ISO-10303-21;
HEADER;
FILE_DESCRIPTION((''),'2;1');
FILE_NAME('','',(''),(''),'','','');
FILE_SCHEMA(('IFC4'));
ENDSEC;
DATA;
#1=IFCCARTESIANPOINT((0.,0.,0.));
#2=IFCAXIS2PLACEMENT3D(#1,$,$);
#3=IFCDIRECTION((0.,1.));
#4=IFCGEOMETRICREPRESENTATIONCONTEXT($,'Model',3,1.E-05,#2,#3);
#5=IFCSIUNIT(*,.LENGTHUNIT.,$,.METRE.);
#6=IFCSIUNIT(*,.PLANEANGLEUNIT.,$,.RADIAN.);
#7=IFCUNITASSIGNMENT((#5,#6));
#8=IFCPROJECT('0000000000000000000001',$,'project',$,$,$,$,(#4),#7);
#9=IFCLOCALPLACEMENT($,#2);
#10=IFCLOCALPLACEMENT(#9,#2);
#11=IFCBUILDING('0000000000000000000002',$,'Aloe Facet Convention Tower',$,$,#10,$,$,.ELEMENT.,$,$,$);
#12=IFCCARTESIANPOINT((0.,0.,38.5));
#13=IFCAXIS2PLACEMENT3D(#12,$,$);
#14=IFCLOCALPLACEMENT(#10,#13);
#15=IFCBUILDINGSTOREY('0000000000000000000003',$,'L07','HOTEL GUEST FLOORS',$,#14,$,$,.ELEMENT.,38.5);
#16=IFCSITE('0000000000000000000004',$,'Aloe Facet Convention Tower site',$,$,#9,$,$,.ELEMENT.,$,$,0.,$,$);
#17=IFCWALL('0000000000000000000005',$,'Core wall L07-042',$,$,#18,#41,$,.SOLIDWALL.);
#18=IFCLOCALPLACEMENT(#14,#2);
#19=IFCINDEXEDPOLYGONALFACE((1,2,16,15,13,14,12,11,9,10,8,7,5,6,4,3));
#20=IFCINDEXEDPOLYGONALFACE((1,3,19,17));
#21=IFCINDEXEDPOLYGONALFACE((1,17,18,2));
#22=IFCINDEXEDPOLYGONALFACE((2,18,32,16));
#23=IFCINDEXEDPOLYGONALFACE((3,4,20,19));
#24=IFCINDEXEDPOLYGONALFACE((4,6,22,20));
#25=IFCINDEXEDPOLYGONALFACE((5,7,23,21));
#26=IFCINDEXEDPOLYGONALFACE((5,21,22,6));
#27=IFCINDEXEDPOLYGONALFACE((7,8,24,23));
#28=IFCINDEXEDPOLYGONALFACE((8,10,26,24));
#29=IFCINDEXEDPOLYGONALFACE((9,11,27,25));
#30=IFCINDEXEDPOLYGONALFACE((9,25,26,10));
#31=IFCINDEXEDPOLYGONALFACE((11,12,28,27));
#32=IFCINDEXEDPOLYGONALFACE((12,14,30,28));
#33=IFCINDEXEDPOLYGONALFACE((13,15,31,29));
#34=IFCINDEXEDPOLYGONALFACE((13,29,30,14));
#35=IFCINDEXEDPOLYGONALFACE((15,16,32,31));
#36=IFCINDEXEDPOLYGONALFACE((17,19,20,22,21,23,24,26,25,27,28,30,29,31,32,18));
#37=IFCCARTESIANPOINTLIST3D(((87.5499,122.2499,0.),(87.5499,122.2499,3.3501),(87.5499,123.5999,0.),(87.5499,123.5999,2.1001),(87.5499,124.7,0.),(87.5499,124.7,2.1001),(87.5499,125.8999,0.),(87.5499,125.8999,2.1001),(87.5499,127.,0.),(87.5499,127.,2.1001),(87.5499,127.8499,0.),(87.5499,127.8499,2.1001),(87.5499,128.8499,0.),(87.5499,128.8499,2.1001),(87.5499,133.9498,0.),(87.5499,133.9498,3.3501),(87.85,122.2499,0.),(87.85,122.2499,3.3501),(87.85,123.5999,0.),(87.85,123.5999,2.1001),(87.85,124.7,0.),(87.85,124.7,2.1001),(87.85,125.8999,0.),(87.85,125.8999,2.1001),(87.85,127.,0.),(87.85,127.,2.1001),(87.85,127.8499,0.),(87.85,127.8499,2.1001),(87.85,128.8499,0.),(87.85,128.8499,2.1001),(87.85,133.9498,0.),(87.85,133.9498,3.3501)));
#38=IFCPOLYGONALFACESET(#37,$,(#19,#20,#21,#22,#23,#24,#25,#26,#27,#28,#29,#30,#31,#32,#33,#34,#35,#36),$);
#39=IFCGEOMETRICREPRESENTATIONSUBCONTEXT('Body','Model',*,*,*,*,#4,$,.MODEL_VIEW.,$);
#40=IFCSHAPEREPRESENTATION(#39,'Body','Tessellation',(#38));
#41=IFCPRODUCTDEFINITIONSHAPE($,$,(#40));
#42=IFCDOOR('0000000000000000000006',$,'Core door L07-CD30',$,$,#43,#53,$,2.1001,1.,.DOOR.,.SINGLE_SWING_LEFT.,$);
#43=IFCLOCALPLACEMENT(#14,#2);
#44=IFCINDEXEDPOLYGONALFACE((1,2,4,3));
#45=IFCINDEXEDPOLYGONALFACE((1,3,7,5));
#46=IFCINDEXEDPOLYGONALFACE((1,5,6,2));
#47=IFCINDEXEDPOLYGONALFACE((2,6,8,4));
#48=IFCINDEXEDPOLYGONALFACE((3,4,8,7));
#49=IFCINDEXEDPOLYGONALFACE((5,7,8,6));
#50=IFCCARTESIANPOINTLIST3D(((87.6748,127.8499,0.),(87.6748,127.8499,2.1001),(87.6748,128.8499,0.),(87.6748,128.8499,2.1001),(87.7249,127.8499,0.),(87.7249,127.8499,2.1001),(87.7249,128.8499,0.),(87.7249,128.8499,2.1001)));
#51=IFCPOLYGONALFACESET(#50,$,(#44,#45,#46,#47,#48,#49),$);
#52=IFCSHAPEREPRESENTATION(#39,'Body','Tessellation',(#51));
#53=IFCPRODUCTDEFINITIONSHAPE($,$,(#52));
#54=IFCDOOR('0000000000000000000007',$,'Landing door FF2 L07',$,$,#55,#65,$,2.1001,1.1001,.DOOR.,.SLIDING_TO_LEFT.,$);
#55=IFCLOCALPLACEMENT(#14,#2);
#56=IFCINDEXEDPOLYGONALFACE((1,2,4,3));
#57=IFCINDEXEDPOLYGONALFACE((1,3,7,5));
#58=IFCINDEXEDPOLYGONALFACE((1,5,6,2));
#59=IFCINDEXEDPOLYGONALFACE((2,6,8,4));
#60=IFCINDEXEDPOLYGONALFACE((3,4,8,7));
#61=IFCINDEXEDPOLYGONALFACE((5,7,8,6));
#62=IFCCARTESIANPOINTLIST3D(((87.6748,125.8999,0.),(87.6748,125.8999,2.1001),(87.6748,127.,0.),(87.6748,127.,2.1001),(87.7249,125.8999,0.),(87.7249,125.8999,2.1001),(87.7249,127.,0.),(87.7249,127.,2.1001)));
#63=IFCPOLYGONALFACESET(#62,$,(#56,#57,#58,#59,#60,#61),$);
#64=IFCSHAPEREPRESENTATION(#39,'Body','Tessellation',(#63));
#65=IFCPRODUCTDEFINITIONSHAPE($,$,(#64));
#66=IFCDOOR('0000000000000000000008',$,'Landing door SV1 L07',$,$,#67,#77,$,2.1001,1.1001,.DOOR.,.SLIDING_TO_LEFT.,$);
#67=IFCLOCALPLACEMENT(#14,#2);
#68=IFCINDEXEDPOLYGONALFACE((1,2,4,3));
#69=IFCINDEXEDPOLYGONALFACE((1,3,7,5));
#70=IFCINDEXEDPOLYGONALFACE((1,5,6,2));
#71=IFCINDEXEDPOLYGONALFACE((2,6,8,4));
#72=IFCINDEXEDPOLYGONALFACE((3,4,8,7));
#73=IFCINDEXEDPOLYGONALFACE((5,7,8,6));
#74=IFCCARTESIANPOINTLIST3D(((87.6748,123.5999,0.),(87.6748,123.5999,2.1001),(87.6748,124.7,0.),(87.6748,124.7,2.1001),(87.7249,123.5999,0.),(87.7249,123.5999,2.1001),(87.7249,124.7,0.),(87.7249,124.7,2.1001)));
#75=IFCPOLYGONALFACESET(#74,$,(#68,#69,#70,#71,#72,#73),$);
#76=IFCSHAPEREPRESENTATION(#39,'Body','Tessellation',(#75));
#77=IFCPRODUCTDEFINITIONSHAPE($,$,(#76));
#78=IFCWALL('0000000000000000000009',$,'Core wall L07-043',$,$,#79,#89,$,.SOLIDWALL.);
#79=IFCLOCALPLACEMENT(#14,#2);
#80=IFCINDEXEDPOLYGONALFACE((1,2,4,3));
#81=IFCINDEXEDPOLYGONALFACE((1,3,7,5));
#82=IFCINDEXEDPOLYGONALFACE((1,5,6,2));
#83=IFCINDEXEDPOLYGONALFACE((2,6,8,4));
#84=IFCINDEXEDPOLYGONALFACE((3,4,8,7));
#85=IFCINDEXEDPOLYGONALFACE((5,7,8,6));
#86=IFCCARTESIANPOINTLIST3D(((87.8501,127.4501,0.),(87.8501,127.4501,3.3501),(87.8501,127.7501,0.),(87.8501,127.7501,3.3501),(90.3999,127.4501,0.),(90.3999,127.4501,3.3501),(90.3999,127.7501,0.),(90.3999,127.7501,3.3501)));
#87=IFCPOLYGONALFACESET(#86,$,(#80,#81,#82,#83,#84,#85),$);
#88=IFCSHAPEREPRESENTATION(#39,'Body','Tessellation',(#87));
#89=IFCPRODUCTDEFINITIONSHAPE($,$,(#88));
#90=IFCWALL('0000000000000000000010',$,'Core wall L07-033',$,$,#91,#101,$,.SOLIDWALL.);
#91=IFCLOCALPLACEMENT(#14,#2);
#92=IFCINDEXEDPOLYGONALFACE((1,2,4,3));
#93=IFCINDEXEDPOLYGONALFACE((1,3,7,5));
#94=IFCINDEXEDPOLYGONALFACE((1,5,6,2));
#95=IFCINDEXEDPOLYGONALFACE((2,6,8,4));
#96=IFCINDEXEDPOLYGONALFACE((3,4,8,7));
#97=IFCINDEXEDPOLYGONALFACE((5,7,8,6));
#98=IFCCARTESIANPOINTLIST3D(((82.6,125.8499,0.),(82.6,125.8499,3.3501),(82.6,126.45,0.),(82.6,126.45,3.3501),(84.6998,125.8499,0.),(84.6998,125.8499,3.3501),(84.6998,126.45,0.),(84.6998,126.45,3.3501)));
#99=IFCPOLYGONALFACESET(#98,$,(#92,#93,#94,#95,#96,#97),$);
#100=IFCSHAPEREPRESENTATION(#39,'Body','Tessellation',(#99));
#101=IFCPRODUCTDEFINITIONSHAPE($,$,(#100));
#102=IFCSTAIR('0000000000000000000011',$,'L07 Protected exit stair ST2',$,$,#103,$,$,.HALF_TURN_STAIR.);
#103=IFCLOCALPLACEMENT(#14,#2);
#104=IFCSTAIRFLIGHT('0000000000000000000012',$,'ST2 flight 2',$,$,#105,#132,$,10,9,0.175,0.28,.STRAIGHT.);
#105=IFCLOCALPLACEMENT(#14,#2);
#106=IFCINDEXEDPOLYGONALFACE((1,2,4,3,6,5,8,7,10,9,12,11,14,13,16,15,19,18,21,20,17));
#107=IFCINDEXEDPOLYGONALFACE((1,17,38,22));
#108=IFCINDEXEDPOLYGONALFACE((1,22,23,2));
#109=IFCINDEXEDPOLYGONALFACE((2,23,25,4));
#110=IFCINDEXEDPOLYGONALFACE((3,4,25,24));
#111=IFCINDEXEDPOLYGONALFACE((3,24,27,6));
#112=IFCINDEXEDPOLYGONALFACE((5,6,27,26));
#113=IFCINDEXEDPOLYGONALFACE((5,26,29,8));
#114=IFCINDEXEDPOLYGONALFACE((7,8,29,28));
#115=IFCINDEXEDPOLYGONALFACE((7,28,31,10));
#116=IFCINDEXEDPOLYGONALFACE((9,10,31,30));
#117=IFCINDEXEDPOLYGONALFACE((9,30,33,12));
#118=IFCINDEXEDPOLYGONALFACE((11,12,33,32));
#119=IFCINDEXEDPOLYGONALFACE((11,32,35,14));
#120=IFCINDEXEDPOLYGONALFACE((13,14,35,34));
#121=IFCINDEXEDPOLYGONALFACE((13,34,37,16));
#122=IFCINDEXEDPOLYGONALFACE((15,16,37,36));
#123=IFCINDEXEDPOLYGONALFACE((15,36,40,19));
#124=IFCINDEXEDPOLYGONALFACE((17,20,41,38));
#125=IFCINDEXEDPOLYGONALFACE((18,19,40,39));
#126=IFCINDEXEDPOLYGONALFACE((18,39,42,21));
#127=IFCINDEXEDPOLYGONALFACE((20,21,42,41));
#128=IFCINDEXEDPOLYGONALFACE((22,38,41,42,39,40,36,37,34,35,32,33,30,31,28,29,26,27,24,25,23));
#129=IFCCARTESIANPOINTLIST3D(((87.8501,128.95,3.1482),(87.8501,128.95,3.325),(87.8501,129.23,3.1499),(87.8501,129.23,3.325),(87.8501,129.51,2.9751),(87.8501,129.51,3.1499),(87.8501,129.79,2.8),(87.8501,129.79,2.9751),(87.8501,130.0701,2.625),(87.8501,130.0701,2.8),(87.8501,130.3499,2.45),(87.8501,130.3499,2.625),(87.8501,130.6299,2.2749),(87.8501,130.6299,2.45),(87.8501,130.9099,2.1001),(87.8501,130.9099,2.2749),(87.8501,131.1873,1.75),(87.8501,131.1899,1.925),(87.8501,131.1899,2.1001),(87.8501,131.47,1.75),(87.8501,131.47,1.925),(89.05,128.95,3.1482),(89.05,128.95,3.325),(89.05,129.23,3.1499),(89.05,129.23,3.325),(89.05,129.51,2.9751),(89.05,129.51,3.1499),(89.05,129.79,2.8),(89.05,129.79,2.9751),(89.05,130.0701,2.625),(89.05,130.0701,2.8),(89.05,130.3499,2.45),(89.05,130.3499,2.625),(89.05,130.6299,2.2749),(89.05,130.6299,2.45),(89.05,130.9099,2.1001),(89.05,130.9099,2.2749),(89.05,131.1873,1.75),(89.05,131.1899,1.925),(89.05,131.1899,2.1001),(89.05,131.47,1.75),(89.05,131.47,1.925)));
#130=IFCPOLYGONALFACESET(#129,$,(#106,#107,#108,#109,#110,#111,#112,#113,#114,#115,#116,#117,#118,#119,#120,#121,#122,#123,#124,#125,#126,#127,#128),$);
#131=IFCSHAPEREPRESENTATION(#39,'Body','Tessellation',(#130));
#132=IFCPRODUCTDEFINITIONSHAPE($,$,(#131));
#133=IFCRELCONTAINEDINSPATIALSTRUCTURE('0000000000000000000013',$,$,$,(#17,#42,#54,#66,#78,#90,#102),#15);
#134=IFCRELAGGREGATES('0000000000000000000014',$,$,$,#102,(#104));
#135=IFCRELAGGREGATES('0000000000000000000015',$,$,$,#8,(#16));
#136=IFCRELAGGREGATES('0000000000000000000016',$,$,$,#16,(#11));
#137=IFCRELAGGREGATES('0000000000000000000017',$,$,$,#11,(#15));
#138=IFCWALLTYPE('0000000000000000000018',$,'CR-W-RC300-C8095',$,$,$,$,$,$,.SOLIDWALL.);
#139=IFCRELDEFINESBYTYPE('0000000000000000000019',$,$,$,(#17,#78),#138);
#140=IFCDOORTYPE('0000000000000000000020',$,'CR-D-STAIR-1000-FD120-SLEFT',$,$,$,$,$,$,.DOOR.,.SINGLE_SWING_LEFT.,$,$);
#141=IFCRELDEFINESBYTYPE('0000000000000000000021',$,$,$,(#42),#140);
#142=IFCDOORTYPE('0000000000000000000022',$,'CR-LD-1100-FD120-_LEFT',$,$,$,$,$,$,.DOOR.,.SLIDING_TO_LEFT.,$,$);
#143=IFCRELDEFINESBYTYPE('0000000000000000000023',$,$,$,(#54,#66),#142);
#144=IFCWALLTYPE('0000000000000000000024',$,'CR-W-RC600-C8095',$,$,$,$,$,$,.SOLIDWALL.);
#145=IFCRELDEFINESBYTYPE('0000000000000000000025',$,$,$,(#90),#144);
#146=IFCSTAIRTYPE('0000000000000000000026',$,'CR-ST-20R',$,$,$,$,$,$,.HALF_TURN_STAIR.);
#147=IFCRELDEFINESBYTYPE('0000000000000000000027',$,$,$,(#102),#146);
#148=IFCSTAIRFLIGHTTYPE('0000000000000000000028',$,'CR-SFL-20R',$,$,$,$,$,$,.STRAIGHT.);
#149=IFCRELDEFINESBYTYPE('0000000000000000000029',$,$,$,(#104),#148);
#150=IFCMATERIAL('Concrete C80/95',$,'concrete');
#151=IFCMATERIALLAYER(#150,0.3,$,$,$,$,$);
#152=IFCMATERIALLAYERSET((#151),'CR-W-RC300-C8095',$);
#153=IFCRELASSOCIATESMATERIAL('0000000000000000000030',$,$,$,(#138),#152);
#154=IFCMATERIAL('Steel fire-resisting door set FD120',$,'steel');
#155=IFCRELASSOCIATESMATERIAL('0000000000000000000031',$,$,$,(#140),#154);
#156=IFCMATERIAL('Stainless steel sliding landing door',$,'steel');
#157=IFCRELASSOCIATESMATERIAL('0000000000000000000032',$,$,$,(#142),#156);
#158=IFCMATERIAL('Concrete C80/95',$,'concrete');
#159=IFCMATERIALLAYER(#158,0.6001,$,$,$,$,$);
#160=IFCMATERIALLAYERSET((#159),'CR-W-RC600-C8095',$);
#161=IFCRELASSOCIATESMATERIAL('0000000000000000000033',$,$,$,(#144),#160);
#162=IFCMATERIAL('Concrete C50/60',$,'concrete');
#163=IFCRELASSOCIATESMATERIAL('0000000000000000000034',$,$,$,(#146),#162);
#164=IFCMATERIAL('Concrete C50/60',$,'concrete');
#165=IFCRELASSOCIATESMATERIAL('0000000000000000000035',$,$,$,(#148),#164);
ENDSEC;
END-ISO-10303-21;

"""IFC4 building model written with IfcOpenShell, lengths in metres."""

from ifc_helpers import new_model, si_unit, direction, frame, frame_2d, origin, place, context, subcontext, project, spatial, polyline, rectangle, outline, extrude, material, layer, layer_set, type_object, element, fill, aggregate, save


model = new_model("IFC4")

# Units and contexts
model_context = context("Model", 3, precision=1e-05, world=origin(), true_north=direction((0.0, 1.0)))
body_context = subcontext(model_context, "Body", "Model", "MODEL_VIEW")
ifc_project = project(units=[si_unit("LENGTHUNIT", "METRE"), si_unit("PLANEANGLEUNIT", "RADIAN")], contexts=[model_context])

# Site, building, storey
site_placement = place(None, origin())
site = spatial("IfcSite", under=ifc_project, at=site_placement, Name="Aloe Facet Convention Tower site", CompositionType="ELEMENT", RefElevation=0.0)
building_placement = place(site_placement, origin())
building = spatial("IfcBuilding", under=site, at=building_placement, Name="Aloe Facet Convention Tower", CompositionType="ELEMENT")
storey_placement = place(building_placement, frame((0.0, 0.0, 38.5)))
storey = spatial("IfcBuildingStorey", under=building, at=storey_placement, Name="L07", Description="HOTEL GUEST FLOORS", CompositionType="ELEMENT", Elevation=38.5)

# Shared definitions
ifc_material_1 = material(Name="Concrete C80/95", Category="concrete")
ifc_layer_1 = layer(ifc_material_1, 0.3)
ifc_layer_set_1 = layer_set([ifc_layer_1], Name="CR-W-RC300-C8095")
wall_type_1 = type_object("IfcWallType", Name="CR-W-RC300-C8095", PredefinedType="SOLIDWALL", material=ifc_layer_set_1)

# Wall, openings, doors
wall_1_placement = place(storey_placement, frame((87.7, 133.95, 0.0), z_axis=(0.0, 0.0, 1.0), x_axis=(0.0, -1.0, 0.0)))
wall_1 = element("IfcWall", 1, at=wall_1_placement, inside=storey, type_object=wall_type_1, Name="Core wall L07-042", PredefinedType="SOLIDWALL", context=body_context, shape_type="SweptSolid", body=[
    extrude(rectangle(XDim=11.7, YDim=0.3, at=frame_2d((5.8501, 0.0))), origin(), (0.0, 0.0, 1.0), 3.3501),
])
opening_1_placement = place(wall_1_placement, frame((6.95, 0.0, 0.0)))
opening_1 = element("IfcOpeningElement", 2, at=opening_1_placement, cuts=wall_1, PredefinedType="OPENING", context=body_context, shape_type="SweptSolid", body=[
    extrude(rectangle(XDim=1.1001, YDim=2.1001, at=frame_2d((0.55, 1.05))), frame((0.0, 0.1602, 0.0), z_axis=(0.0, -1.0, 0.0), x_axis=(1.0, 0.0, 0.0)), (0.0, 0.0, 1.0), 0.3201),
])
opening_2_placement = place(wall_1_placement, frame((5.1001, 0.0, 0.0)))
opening_2 = element("IfcOpeningElement", 3, at=opening_2_placement, cuts=wall_1, PredefinedType="OPENING", context=body_context, shape_type="SweptSolid", body=[
    extrude(rectangle(XDim=1.0, YDim=2.1001, at=frame_2d((0.5, 1.05))), frame((0.0, 0.1602, 0.0), z_axis=(0.0, -1.0, 0.0), x_axis=(1.0, 0.0, 0.0)), (0.0, 0.0, 1.0), 0.3201),
])
opening_3_placement = place(wall_1_placement, frame((9.25, 0.0, 0.0)))
opening_3 = element("IfcOpeningElement", 4, at=opening_3_placement, cuts=wall_1, PredefinedType="OPENING", context=body_context, shape_type="SweptSolid", body=[
    extrude(rectangle(XDim=1.1001, YDim=2.1001, at=frame_2d((0.55, 1.05))), frame((0.0, 0.1602, 0.0), z_axis=(0.0, -1.0, 0.0), x_axis=(1.0, 0.0, 0.0)), (0.0, 0.0, 1.0), 0.3201),
])
ifc_material_2 = material(Name="Steel fire-resisting door set FD120", Category="steel")
door_type_1 = type_object("IfcDoorType", Name="CR-D-STAIR-1000-FD120-SLEFT", OperationType="SINGLE_SWING_LEFT", PredefinedType="DOOR", material=ifc_material_2)
door_1_placement = place(opening_2_placement, origin())
door_1 = element("IfcDoor", 5, at=door_1_placement, inside=storey, type_object=door_type_1, Name="Core door L07-CD30", OperationType="SINGLE_SWING_LEFT", OverallHeight=2.1001, OverallWidth=1.0, PredefinedType="DOOR", context=body_context, shape_type="SweptSolid", body=[
    extrude(rectangle(XDim=1.0, YDim=2.1001, at=frame_2d((0.5, 1.05))), frame((0.0, 0.0249, 0.0), z_axis=(0.0, -1.0, 0.0), x_axis=(1.0, 0.0, 0.0)), (0.0, 0.0, 1.0), 0.05),
])
fill(opening_2, door_1)
ifc_material_3 = material(Name="Stainless steel sliding landing door", Category="steel")
door_type_2 = type_object("IfcDoorType", Name="CR-LD-1100-FD120-_LEFT", OperationType="SLIDING_TO_LEFT", PredefinedType="DOOR", material=ifc_material_3)
door_2_placement = place(opening_1_placement, origin())
door_2 = element("IfcDoor", 6, at=door_2_placement, inside=storey, type_object=door_type_2, Name="Landing door FF2 L07", OperationType="SLIDING_TO_LEFT", OverallHeight=2.1001, OverallWidth=1.1001, PredefinedType="DOOR", context=body_context, shape_type="SweptSolid", body=[
    extrude(rectangle(XDim=1.1001, YDim=2.1001, at=frame_2d((0.55, 1.05))), frame((0.0, 0.0249, 0.0), z_axis=(0.0, -1.0, 0.0), x_axis=(1.0, 0.0, 0.0)), (0.0, 0.0, 1.0), 0.05),
])
fill(opening_1, door_2)
door_3_placement = place(opening_3_placement, origin())
door_3 = element("IfcDoor", 7, at=door_3_placement, inside=storey, type_object=door_type_2, Name="Landing door SV1 L07", OperationType="SLIDING_TO_LEFT", OverallHeight=2.1001, OverallWidth=1.1001, PredefinedType="DOOR", context=body_context, shape_type="SweptSolid", body=[
    extrude(rectangle(XDim=1.1001, YDim=2.1001, at=frame_2d((0.55, 1.05))), frame((0.0, 0.0249, 0.0), z_axis=(0.0, -1.0, 0.0), x_axis=(1.0, 0.0, 0.0)), (0.0, 0.0, 1.0), 0.05),
])
fill(opening_3, door_3)

# Walls
wall_2_placement = place(storey_placement, frame((87.8501, 127.6001, 0.0), z_axis=(0.0, 0.0, 1.0), x_axis=(1.0, 0.0, 0.0)))
element("IfcWall", 8, at=wall_2_placement, inside=storey, type_object=wall_type_1, Name="Core wall L07-043", PredefinedType="SOLIDWALL", context=body_context, shape_type="SweptSolid", body=[
    extrude(rectangle(XDim=2.5498, YDim=0.3, at=frame_2d((1.2749, 0.0))), origin(), (0.0, 0.0, 1.0), 3.3501),
])
ifc_material_4 = material(Name="Concrete C80/95", Category="concrete")
ifc_layer_2 = layer(ifc_material_4, 0.6001)
ifc_layer_set_2 = layer_set([ifc_layer_2], Name="CR-W-RC600-C8095")
wall_type_2 = type_object("IfcWallType", Name="CR-W-RC600-C8095", PredefinedType="SOLIDWALL", material=ifc_layer_set_2)
wall_3_placement = place(storey_placement, frame((82.6001, 126.1499, 0.0), z_axis=(0.0, 0.0, 1.0), x_axis=(1.0, 0.0, 0.0)))
element("IfcWall", 9, at=wall_3_placement, inside=storey, type_object=wall_type_2, Name="Core wall L07-033", PredefinedType="SOLIDWALL", context=body_context, shape_type="SweptSolid", body=[
    extrude(rectangle(XDim=2.0999, YDim=0.6001, at=frame_2d((1.0498, 0.0))), origin(), (0.0, 0.0, 1.0), 3.3501),
])

# Stair, stair flight
ifc_material_5 = material(Name="Concrete C50/60", Category="concrete")
stair_type = type_object("IfcStairType", Name="CR-ST-20R", PredefinedType="HALF_TURN_STAIR", material=ifc_material_5)
stair_placement = place(storey_placement, origin())
stair = element("IfcStair", 10, at=stair_placement, inside=storey, type_object=stair_type, Name="L07 Protected exit stair ST2", PredefinedType="HALF_TURN_STAIR")
ifc_material_6 = material(Name="Concrete C50/60", Category="concrete")
stair_flight_type = type_object("IfcStairFlightType", Name="CR-SFL-20R", PredefinedType="STRAIGHT", material=ifc_material_6)
stair_flight_placement = place(storey_placement, frame((88.45, 131.47, 1.75), z_axis=(0.0, 0.0, 1.0), x_axis=(0.0, -1.0, 0.0)))
stair_flight = element("IfcStairFlight", 11, at=stair_flight_placement, type_object=stair_flight_type, Name="ST2 flight 2", NumberOfRisers=10, NumberOfTreads=9, PredefinedType="STRAIGHT", RiserHeight=0.175, TreadLength=0.28, context=body_context, shape_type="SweptSolid", body=[
    extrude(outline(polyline([(0.0, 0.0), (0.0, 0.175), (0.28, 0.175), (0.28, 0.3501), (0.5601, 0.3501), (0.5601, 0.5249), (0.8401, 0.5249), (0.8401, 0.7), (1.1201, 0.7), (1.1201, 0.875), (1.3999, 0.875), (1.3999, 1.05), (1.6799, 1.05), (1.6799, 1.2251), (1.96, 1.2251), (1.96, 1.3999), (2.24, 1.3999), (2.24, 1.575), (2.52, 1.575), (2.52, 1.75), (2.52, 1.3982), (0.2827, 0.0), (0.0, 0.0)])), frame((0.0, 0.6001, 0.0), z_axis=(0.0, -1.0, 0.0), x_axis=(1.0, 0.0, 0.0)), (0.0, 0.0, 1.0), 1.2),
])
aggregate(stair, [stair_flight])

save(model, "model.ifc")
